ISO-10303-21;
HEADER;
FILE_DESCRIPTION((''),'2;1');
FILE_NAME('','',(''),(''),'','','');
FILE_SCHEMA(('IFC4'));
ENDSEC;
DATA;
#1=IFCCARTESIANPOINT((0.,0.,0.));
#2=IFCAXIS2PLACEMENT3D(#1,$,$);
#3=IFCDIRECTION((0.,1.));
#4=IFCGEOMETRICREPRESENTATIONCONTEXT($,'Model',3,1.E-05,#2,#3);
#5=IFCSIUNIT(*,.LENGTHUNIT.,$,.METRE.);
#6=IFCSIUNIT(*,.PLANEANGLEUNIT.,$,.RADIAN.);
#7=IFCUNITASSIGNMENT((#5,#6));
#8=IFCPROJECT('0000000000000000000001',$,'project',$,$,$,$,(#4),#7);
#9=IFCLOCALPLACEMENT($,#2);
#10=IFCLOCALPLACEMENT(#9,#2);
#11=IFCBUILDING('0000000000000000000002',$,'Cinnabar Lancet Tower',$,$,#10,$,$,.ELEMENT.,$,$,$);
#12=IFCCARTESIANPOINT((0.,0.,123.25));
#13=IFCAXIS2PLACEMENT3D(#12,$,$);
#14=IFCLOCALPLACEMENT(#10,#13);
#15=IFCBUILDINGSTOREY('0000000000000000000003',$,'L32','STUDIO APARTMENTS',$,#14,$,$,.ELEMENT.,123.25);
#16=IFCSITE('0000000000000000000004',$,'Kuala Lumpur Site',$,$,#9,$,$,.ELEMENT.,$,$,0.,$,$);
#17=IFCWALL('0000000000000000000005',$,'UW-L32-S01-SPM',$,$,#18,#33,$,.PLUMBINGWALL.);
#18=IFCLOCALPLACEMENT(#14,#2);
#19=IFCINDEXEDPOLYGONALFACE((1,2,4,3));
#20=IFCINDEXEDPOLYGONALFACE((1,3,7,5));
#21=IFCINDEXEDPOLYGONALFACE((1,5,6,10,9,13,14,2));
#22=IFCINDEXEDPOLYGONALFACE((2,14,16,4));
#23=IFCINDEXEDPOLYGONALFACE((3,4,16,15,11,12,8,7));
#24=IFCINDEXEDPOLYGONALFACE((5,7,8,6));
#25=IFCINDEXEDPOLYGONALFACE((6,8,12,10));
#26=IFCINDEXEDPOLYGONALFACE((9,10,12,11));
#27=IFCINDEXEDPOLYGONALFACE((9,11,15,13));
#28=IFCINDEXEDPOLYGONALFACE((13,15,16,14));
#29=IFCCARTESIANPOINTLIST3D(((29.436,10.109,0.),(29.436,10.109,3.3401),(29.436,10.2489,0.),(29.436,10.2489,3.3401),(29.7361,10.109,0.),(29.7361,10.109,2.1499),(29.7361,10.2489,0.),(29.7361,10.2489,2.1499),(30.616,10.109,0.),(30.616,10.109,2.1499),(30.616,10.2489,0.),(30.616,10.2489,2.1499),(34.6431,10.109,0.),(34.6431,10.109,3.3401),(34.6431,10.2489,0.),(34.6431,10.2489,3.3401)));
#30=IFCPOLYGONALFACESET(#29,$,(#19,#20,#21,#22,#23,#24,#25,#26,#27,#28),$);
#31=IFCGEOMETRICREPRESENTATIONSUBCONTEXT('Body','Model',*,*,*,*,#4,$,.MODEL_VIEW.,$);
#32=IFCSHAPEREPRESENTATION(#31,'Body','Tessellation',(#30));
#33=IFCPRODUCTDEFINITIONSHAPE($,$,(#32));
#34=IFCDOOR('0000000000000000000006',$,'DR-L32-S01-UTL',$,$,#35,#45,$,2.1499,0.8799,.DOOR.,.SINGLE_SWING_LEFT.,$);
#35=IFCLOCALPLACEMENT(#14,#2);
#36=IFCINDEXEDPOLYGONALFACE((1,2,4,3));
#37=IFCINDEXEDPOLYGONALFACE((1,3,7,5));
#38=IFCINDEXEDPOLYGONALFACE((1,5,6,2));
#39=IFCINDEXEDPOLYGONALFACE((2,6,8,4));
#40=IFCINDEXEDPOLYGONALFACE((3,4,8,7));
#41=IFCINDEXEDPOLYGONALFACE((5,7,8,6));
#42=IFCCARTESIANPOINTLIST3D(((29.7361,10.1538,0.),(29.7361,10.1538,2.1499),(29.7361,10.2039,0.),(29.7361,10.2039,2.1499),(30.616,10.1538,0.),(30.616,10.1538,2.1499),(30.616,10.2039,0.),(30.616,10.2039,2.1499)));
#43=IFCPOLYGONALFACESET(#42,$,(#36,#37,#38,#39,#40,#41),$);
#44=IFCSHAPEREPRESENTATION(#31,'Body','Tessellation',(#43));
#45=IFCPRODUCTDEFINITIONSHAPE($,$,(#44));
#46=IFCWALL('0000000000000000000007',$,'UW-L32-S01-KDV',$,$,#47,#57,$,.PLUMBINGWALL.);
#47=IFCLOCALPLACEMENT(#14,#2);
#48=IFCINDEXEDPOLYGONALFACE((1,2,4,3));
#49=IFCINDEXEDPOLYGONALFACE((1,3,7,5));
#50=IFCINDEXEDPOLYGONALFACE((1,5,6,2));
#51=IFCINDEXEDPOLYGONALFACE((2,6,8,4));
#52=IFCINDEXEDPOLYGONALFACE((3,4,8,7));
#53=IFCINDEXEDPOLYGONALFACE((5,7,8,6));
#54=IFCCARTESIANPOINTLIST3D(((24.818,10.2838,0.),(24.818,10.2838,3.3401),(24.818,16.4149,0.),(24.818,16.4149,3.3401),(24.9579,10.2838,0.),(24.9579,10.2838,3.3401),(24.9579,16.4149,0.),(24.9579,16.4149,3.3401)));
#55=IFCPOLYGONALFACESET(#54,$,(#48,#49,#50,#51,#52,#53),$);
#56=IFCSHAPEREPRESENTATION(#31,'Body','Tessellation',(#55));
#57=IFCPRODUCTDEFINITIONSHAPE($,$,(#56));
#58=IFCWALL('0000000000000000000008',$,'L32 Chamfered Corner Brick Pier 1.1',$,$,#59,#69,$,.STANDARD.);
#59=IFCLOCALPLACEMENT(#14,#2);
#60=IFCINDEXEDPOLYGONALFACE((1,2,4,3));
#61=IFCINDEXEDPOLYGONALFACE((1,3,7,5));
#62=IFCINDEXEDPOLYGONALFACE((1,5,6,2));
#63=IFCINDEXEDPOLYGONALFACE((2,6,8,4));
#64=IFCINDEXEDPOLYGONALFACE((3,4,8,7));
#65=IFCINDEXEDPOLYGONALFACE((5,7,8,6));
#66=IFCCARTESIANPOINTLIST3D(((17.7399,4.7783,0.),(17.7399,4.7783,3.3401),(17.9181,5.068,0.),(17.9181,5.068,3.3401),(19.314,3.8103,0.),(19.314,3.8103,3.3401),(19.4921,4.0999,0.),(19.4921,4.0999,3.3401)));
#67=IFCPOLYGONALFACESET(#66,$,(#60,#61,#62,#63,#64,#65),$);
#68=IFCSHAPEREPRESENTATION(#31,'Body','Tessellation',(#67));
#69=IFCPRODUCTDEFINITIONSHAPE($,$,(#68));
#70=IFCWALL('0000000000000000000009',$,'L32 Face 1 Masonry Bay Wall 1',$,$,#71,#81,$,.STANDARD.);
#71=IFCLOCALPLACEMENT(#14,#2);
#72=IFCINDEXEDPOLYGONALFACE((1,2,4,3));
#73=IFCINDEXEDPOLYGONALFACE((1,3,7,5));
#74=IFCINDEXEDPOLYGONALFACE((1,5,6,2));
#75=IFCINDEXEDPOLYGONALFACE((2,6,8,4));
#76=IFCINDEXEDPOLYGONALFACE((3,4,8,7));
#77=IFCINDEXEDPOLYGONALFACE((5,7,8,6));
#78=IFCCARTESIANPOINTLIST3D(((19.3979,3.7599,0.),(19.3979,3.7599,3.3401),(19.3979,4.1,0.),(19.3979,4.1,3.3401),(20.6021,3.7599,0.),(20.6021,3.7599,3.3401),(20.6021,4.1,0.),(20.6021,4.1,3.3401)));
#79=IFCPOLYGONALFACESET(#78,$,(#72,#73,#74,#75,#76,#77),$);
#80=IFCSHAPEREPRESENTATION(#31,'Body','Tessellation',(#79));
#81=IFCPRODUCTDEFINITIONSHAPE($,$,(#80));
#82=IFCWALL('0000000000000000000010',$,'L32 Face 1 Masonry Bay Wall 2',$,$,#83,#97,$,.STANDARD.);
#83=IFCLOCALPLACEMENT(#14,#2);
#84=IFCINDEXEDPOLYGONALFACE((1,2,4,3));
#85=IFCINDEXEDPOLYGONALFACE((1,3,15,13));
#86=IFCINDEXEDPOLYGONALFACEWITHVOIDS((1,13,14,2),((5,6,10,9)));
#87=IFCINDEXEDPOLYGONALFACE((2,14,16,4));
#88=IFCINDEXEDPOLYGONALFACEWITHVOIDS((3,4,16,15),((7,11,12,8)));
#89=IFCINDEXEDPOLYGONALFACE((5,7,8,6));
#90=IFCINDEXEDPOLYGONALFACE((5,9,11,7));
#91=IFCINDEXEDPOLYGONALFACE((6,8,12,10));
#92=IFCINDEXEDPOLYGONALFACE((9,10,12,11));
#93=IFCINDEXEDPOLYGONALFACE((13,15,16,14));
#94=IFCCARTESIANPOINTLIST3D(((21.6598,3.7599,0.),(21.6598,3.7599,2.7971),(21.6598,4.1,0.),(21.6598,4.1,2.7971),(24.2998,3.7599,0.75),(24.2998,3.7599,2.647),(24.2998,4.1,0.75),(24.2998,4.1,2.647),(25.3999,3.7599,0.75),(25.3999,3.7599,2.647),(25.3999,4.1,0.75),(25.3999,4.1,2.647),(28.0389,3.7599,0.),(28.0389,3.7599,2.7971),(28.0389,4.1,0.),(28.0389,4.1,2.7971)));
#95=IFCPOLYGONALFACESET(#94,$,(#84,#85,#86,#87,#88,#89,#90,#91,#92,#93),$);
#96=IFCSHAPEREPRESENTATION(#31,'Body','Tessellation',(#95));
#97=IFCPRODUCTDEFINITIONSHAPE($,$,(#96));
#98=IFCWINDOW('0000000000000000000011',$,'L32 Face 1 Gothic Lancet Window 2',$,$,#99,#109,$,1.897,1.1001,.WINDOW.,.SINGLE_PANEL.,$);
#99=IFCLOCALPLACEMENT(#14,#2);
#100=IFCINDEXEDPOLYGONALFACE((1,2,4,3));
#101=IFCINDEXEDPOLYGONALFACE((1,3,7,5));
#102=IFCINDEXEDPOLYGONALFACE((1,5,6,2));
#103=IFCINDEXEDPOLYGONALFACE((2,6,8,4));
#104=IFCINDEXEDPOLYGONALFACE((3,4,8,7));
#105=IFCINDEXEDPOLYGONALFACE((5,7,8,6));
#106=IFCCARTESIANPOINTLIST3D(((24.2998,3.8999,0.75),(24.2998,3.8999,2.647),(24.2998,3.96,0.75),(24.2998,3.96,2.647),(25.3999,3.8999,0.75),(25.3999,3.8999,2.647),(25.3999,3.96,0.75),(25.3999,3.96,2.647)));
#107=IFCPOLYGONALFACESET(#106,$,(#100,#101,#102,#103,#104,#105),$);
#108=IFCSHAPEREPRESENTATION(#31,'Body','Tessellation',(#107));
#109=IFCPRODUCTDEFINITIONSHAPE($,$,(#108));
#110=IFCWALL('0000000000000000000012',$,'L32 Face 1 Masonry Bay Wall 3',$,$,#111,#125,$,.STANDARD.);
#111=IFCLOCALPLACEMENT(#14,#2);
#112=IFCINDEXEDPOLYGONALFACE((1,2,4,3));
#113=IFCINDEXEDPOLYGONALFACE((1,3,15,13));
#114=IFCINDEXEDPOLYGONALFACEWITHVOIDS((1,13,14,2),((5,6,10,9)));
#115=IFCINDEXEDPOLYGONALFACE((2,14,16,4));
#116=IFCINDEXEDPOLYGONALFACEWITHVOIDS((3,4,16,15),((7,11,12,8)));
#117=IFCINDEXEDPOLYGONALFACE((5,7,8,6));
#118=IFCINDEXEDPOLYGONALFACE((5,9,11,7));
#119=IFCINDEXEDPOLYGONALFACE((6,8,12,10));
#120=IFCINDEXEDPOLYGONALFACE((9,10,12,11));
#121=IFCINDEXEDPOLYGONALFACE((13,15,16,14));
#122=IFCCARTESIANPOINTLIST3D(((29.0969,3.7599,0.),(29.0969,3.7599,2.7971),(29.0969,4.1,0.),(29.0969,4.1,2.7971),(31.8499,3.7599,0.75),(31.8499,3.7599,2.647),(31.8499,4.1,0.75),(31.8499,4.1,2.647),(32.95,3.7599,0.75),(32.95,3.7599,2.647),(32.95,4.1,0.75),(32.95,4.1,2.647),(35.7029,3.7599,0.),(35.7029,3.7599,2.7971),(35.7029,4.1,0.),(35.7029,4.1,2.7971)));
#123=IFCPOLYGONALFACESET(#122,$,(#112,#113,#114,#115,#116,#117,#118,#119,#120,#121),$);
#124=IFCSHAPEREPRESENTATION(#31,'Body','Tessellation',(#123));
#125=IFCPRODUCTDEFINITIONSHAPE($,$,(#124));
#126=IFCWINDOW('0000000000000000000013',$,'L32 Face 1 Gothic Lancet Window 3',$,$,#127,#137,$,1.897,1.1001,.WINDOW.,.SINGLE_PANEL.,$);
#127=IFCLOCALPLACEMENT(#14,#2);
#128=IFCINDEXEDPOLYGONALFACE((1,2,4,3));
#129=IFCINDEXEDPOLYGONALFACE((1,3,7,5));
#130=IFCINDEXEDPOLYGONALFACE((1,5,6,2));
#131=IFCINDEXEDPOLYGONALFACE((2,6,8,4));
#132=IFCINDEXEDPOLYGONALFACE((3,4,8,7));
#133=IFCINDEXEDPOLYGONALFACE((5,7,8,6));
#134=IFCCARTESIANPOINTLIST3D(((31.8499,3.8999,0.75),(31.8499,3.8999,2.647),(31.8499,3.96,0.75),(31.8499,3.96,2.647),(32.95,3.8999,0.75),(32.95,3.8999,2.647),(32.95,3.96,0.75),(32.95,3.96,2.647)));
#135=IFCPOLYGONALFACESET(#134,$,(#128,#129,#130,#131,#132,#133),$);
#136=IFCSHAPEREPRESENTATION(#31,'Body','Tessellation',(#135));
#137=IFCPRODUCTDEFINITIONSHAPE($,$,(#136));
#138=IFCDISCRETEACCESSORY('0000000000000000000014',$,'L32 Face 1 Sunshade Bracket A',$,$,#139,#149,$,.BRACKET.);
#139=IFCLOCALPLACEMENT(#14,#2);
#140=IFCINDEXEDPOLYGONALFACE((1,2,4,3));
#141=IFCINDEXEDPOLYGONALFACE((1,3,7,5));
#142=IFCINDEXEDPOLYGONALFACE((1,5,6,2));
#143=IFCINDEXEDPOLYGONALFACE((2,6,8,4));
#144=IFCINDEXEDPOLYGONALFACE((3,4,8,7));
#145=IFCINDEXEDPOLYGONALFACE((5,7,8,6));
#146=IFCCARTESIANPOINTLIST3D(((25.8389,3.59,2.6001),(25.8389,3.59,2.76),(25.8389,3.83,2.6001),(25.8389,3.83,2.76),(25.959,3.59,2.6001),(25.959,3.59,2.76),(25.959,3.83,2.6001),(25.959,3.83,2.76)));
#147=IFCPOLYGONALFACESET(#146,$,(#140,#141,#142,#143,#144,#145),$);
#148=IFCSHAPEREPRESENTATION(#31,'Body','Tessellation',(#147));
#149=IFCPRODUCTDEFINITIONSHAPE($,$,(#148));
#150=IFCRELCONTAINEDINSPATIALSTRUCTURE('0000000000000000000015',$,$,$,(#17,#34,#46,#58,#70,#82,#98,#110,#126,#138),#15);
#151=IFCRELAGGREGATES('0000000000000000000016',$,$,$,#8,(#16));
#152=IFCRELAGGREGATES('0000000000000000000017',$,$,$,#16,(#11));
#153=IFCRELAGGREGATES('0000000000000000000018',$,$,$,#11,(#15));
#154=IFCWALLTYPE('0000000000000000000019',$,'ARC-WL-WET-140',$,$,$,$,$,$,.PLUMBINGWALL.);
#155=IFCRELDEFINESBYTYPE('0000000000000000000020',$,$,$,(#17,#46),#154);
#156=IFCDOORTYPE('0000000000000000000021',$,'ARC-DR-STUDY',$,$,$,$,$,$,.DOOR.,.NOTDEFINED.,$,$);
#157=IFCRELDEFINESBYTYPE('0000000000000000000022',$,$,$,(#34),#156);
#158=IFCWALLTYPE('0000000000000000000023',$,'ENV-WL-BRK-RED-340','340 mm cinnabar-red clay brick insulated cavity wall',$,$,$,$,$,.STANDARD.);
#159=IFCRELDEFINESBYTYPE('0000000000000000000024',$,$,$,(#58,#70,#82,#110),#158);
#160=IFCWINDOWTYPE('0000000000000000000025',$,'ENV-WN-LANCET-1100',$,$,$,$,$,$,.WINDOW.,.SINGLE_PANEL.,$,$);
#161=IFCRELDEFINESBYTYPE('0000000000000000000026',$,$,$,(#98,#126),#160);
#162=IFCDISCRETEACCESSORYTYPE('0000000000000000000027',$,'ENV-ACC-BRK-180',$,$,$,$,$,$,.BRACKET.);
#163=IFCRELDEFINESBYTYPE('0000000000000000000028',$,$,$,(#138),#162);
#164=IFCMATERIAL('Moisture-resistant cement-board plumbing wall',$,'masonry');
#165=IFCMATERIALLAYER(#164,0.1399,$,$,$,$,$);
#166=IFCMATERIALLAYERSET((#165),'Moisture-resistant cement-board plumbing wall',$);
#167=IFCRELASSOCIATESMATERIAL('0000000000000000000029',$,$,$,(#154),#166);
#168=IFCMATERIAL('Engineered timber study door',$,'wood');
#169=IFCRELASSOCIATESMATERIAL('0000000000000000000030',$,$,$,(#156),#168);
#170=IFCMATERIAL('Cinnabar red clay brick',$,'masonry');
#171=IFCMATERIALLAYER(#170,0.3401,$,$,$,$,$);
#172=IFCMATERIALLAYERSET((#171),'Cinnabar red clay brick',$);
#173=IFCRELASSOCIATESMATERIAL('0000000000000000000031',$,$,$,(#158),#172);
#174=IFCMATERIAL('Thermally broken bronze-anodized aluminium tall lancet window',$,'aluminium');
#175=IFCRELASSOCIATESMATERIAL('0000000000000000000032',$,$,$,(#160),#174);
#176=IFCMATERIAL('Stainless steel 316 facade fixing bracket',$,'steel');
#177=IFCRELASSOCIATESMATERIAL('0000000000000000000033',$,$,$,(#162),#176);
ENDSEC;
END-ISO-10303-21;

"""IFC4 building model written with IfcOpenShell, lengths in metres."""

from ifc_helpers import new_model, si_unit, direction, frame, frame_2d, origin, origin_2d, place, context, subcontext, project, spatial, rectangle, extrude, material, layer, layer_set, type_object, element, fill, save


model = new_model("IFC4")

# Units and contexts
model_context = context("Model", 3, precision=1e-05, world=origin(), true_north=direction((0.0, 1.0)))
body_context = subcontext(model_context, "Body", "Model", "MODEL_VIEW")
ifc_project = project(units=[si_unit("LENGTHUNIT", "METRE"), si_unit("PLANEANGLEUNIT", "RADIAN")], contexts=[model_context])

# Site, building, storey
site_placement = place(None, origin())
site = spatial("IfcSite", under=ifc_project, at=site_placement, Name="Kuala Lumpur Site", CompositionType="ELEMENT", RefElevation=0.0)
building_placement = place(site_placement, origin())
building = spatial("IfcBuilding", under=site, at=building_placement, Name="Cinnabar Lancet Tower", CompositionType="ELEMENT")
storey_placement = place(building_placement, frame((0.0, 0.0, 123.25)))
storey = spatial("IfcBuildingStorey", under=building, at=storey_placement, Name="L32", Description="STUDIO APARTMENTS", CompositionType="ELEMENT", Elevation=123.25)

# Shared definitions
ifc_material_1 = material(Name="Moisture-resistant cement-board plumbing wall", Category="masonry")
ifc_layer_1 = layer(ifc_material_1, 0.1399)
ifc_layer_set_1 = layer_set([ifc_layer_1], Name="Moisture-resistant cement-board plumbing wall")
wall_type_1 = type_object("IfcWallType", Name="ARC-WL-WET-140", PredefinedType="PLUMBINGWALL", material=ifc_layer_set_1)
ifc_material_2 = material(Name="Engineered timber study door", Category="wood")
door_type_1 = type_object("IfcDoorType", Name="ARC-DR-STUDY", OperationType="NOTDEFINED", PredefinedType="DOOR", material=ifc_material_2)

# Wall, opening, door
wall_1_placement = place(storey_placement, frame((29.436, 10.179, 0.0), z_axis=(0.0, 0.0, 1.0), x_axis=(1.0, 0.0, 0.0)))
wall_1 = element("IfcWall", 1, at=wall_1_placement, inside=storey, type_object=wall_type_1, Name="UW-L32-S01-SPM", PredefinedType="PLUMBINGWALL", context=body_context, shape_type="SweptSolid", body=[
    extrude(rectangle(XDim=5.207, YDim=0.1399, at=frame_2d((2.6035, 0.0))), origin(), (0.0, 0.0, 1.0), 3.3401),
])
opening_1_placement = place(wall_1_placement, frame((0.3, 0.0, 0.0)))
opening_1 = element("IfcOpeningElement", 2, at=opening_1_placement, cuts=wall_1, PredefinedType="OPENING", context=body_context, shape_type="SweptSolid", body=[
    extrude(rectangle(XDim=0.8799, YDim=2.1499, at=frame_2d((0.4399, 1.075))), frame((0.0, 0.0798, 0.0), z_axis=(0.0, -1.0, 0.0), x_axis=(1.0, 0.0, 0.0)), (0.0, 0.0, 1.0), 0.1599),
])
door_1_placement = place(opening_1_placement, origin())
door_1 = element("IfcDoor", 3, at=door_1_placement, inside=storey, type_object=door_type_1, Name="DR-L32-S01-UTL", OperationType="SINGLE_SWING_LEFT", OverallHeight=2.1499, OverallWidth=0.8799, PredefinedType="DOOR", context=body_context, shape_type="SweptSolid", body=[
    extrude(rectangle(XDim=0.8799, YDim=2.1499, at=frame_2d((0.4399, 1.075))), frame((0.0, 0.0249, 0.0), z_axis=(0.0, -1.0, 0.0), x_axis=(1.0, 0.0, 0.0)), (0.0, 0.0, 1.0), 0.05),
])
fill(opening_1, door_1)

# Walls
wall_2_placement = place(storey_placement, frame((24.8879, 10.2839, 0.0), z_axis=(0.0, 0.0, 1.0), x_axis=(0.0, 1.0, 0.0)))
element("IfcWall", 4, at=wall_2_placement, inside=storey, type_object=wall_type_1, Name="UW-L32-S01-KDV", PredefinedType="PLUMBINGWALL", context=body_context, shape_type="SweptSolid", body=[
    extrude(rectangle(XDim=6.1311, YDim=0.1399, at=frame_2d((3.0654, 0.0))), origin(), (0.0, 0.0, 1.0), 3.3401),
])
ifc_material_3 = material(Name="Cinnabar red clay brick", Category="masonry")
ifc_layer_2 = layer(ifc_material_3, 0.3401)
ifc_layer_set_2 = layer_set([ifc_layer_2], Name="Cinnabar red clay brick")
wall_type_2 = type_object("IfcWallType", Name="ENV-WL-BRK-RED-340", Description="340 mm cinnabar-red clay brick insulated cavity wall", PredefinedType="STANDARD", material=ifc_layer_set_2)
wall_3_placement = place(storey_placement, frame((17.8291, 4.9231, 0.0), z_axis=(0.0, 0.0, 1.0), x_axis=(0.851799, -0.523869, 0.0)))
element("IfcWall", 5, at=wall_3_placement, inside=storey, type_object=wall_type_2, Name="L32 Chamfered Corner Brick Pier 1.1", PredefinedType="STANDARD", context=body_context, shape_type="SweptSolid", body=[
    extrude(rectangle(XDim=1.8479, YDim=0.3401, at=frame_2d((0.9238, 0.0))), origin(), (0.0, 0.0, 1.0), 3.3401),
])
wall_4_placement = place(storey_placement, frame((19.3979, 3.9299, 0.0), z_axis=(0.0, 0.0, 1.0), x_axis=(1.0, 0.0, 0.0)))
element("IfcWall", 6, at=wall_4_placement, inside=storey, type_object=wall_type_2, Name="L32 Face 1 Masonry Bay Wall 1", PredefinedType="STANDARD", context=body_context, shape_type="SweptSolid", body=[
    extrude(rectangle(XDim=1.2041, YDim=0.3401, at=frame_2d((0.6021, 0.0))), origin(), (0.0, 0.0, 1.0), 3.3401),
])

# Walls, openings, windows
wall_5_placement = place(storey_placement, frame((21.6599, 3.9299, 0.0), z_axis=(0.0, 0.0, 1.0), x_axis=(1.0, 0.0, 0.0)))
wall_5 = element("IfcWall", 7, at=wall_5_placement, inside=storey, type_object=wall_type_2, Name="L32 Face 1 Masonry Bay Wall 2", PredefinedType="STANDARD", context=body_context, shape_type="SweptSolid", body=[
    extrude(rectangle(XDim=6.3792, YDim=0.3401, at=frame_2d((3.1895, 0.0))), origin(), (0.0, 0.0, 1.0), 2.7971),
])
opening_2_placement = place(wall_5_placement, frame((2.6399, 0.0, 0.75)))
opening_2 = element("IfcOpeningElement", 8, at=opening_2_placement, cuts=wall_5, PredefinedType="OPENING", context=body_context, shape_type="SweptSolid", body=[
    extrude(rectangle(XDim=1.1001, YDim=1.897, at=frame_2d((0.55, 0.9485))), frame((0.0, 0.1799, 0.0), z_axis=(0.0, -1.0, 0.0), x_axis=(1.0, 0.0, 0.0)), (0.0, 0.0, 1.0), 0.3601),
])
ifc_material_4 = material(Name="Thermally broken bronze-anodized aluminium tall lancet window", Category="aluminium")
window_type = type_object("IfcWindowType", Name="ENV-WN-LANCET-1100", PartitioningType="SINGLE_PANEL", PredefinedType="WINDOW", material=ifc_material_4)
window_1_placement = place(opening_2_placement, origin())
window_1 = element("IfcWindow", 9, at=window_1_placement, inside=storey, type_object=window_type, Name="L32 Face 1 Gothic Lancet Window 2", OverallHeight=1.897, OverallWidth=1.1001, PartitioningType="SINGLE_PANEL", PredefinedType="WINDOW", context=body_context, shape_type="SweptSolid", body=[
    extrude(rectangle(XDim=1.1001, YDim=1.897, at=frame_2d((0.55, 0.9485))), frame((0.0, 0.03, 0.0), z_axis=(0.0, -1.0, 0.0), x_axis=(1.0, 0.0, 0.0)), (0.0, 0.0, 1.0), 0.0601),
])
fill(opening_2, window_1)
wall_6_placement = place(storey_placement, frame((29.0969, 3.9299, 0.0), z_axis=(0.0, 0.0, 1.0), x_axis=(1.0, 0.0, 0.0)))
wall_6 = element("IfcWall", 10, at=wall_6_placement, inside=storey, type_object=wall_type_2, Name="L32 Face 1 Masonry Bay Wall 3", PredefinedType="STANDARD", context=body_context, shape_type="SweptSolid", body=[
    extrude(rectangle(XDim=6.606, YDim=0.3401, at=frame_2d((3.303, 0.0))), origin(), (0.0, 0.0, 1.0), 2.7971),
])
opening_3_placement = place(wall_6_placement, frame((2.7529, 0.0, 0.75)))
opening_3 = element("IfcOpeningElement", 11, at=opening_3_placement, cuts=wall_6, PredefinedType="OPENING", context=body_context, shape_type="SweptSolid", body=[
    extrude(rectangle(XDim=1.1001, YDim=1.897, at=frame_2d((0.55, 0.9485))), frame((0.0, 0.1799, 0.0), z_axis=(0.0, -1.0, 0.0), x_axis=(1.0, 0.0, 0.0)), (0.0, 0.0, 1.0), 0.3601),
])
window_2_placement = place(opening_3_placement, origin())
window_2 = element("IfcWindow", 12, at=window_2_placement, inside=storey, type_object=window_type, Name="L32 Face 1 Gothic Lancet Window 3", OverallHeight=1.897, OverallWidth=1.1001, PartitioningType="SINGLE_PANEL", PredefinedType="WINDOW", context=body_context, shape_type="SweptSolid", body=[
    extrude(rectangle(XDim=1.1001, YDim=1.897, at=frame_2d((0.55, 0.9485))), frame((0.0, 0.03, 0.0), z_axis=(0.0, -1.0, 0.0), x_axis=(1.0, 0.0, 0.0)), (0.0, 0.0, 1.0), 0.0601),
])
fill(opening_3, window_2)

# Discrete accessory
ifc_material_5 = material(Name="Stainless steel 316 facade fixing bracket", Category="steel")
discrete_accessory_type = type_object("IfcDiscreteAccessoryType", Name="ENV-ACC-BRK-180", PredefinedType="BRACKET", material=ifc_material_5)
discrete_accessory_placement = place(storey_placement, frame((25.8989, 3.71, 2.6001), z_axis=(0.0, 0.0, 1.0), x_axis=(1.0, 0.0, 0.0)))
element("IfcDiscreteAccessory", 13, at=discrete_accessory_placement, inside=storey, type_object=discrete_accessory_type, Name="L32 Face 1 Sunshade Bracket A", PredefinedType="BRACKET", context=body_context, shape_type="SweptSolid", body=[
    extrude(rectangle(XDim=0.1201, YDim=0.24, at=origin_2d()), origin(), (0.0, 0.0, 1.0), 0.1599),
])

save(model, "model.ifc")
